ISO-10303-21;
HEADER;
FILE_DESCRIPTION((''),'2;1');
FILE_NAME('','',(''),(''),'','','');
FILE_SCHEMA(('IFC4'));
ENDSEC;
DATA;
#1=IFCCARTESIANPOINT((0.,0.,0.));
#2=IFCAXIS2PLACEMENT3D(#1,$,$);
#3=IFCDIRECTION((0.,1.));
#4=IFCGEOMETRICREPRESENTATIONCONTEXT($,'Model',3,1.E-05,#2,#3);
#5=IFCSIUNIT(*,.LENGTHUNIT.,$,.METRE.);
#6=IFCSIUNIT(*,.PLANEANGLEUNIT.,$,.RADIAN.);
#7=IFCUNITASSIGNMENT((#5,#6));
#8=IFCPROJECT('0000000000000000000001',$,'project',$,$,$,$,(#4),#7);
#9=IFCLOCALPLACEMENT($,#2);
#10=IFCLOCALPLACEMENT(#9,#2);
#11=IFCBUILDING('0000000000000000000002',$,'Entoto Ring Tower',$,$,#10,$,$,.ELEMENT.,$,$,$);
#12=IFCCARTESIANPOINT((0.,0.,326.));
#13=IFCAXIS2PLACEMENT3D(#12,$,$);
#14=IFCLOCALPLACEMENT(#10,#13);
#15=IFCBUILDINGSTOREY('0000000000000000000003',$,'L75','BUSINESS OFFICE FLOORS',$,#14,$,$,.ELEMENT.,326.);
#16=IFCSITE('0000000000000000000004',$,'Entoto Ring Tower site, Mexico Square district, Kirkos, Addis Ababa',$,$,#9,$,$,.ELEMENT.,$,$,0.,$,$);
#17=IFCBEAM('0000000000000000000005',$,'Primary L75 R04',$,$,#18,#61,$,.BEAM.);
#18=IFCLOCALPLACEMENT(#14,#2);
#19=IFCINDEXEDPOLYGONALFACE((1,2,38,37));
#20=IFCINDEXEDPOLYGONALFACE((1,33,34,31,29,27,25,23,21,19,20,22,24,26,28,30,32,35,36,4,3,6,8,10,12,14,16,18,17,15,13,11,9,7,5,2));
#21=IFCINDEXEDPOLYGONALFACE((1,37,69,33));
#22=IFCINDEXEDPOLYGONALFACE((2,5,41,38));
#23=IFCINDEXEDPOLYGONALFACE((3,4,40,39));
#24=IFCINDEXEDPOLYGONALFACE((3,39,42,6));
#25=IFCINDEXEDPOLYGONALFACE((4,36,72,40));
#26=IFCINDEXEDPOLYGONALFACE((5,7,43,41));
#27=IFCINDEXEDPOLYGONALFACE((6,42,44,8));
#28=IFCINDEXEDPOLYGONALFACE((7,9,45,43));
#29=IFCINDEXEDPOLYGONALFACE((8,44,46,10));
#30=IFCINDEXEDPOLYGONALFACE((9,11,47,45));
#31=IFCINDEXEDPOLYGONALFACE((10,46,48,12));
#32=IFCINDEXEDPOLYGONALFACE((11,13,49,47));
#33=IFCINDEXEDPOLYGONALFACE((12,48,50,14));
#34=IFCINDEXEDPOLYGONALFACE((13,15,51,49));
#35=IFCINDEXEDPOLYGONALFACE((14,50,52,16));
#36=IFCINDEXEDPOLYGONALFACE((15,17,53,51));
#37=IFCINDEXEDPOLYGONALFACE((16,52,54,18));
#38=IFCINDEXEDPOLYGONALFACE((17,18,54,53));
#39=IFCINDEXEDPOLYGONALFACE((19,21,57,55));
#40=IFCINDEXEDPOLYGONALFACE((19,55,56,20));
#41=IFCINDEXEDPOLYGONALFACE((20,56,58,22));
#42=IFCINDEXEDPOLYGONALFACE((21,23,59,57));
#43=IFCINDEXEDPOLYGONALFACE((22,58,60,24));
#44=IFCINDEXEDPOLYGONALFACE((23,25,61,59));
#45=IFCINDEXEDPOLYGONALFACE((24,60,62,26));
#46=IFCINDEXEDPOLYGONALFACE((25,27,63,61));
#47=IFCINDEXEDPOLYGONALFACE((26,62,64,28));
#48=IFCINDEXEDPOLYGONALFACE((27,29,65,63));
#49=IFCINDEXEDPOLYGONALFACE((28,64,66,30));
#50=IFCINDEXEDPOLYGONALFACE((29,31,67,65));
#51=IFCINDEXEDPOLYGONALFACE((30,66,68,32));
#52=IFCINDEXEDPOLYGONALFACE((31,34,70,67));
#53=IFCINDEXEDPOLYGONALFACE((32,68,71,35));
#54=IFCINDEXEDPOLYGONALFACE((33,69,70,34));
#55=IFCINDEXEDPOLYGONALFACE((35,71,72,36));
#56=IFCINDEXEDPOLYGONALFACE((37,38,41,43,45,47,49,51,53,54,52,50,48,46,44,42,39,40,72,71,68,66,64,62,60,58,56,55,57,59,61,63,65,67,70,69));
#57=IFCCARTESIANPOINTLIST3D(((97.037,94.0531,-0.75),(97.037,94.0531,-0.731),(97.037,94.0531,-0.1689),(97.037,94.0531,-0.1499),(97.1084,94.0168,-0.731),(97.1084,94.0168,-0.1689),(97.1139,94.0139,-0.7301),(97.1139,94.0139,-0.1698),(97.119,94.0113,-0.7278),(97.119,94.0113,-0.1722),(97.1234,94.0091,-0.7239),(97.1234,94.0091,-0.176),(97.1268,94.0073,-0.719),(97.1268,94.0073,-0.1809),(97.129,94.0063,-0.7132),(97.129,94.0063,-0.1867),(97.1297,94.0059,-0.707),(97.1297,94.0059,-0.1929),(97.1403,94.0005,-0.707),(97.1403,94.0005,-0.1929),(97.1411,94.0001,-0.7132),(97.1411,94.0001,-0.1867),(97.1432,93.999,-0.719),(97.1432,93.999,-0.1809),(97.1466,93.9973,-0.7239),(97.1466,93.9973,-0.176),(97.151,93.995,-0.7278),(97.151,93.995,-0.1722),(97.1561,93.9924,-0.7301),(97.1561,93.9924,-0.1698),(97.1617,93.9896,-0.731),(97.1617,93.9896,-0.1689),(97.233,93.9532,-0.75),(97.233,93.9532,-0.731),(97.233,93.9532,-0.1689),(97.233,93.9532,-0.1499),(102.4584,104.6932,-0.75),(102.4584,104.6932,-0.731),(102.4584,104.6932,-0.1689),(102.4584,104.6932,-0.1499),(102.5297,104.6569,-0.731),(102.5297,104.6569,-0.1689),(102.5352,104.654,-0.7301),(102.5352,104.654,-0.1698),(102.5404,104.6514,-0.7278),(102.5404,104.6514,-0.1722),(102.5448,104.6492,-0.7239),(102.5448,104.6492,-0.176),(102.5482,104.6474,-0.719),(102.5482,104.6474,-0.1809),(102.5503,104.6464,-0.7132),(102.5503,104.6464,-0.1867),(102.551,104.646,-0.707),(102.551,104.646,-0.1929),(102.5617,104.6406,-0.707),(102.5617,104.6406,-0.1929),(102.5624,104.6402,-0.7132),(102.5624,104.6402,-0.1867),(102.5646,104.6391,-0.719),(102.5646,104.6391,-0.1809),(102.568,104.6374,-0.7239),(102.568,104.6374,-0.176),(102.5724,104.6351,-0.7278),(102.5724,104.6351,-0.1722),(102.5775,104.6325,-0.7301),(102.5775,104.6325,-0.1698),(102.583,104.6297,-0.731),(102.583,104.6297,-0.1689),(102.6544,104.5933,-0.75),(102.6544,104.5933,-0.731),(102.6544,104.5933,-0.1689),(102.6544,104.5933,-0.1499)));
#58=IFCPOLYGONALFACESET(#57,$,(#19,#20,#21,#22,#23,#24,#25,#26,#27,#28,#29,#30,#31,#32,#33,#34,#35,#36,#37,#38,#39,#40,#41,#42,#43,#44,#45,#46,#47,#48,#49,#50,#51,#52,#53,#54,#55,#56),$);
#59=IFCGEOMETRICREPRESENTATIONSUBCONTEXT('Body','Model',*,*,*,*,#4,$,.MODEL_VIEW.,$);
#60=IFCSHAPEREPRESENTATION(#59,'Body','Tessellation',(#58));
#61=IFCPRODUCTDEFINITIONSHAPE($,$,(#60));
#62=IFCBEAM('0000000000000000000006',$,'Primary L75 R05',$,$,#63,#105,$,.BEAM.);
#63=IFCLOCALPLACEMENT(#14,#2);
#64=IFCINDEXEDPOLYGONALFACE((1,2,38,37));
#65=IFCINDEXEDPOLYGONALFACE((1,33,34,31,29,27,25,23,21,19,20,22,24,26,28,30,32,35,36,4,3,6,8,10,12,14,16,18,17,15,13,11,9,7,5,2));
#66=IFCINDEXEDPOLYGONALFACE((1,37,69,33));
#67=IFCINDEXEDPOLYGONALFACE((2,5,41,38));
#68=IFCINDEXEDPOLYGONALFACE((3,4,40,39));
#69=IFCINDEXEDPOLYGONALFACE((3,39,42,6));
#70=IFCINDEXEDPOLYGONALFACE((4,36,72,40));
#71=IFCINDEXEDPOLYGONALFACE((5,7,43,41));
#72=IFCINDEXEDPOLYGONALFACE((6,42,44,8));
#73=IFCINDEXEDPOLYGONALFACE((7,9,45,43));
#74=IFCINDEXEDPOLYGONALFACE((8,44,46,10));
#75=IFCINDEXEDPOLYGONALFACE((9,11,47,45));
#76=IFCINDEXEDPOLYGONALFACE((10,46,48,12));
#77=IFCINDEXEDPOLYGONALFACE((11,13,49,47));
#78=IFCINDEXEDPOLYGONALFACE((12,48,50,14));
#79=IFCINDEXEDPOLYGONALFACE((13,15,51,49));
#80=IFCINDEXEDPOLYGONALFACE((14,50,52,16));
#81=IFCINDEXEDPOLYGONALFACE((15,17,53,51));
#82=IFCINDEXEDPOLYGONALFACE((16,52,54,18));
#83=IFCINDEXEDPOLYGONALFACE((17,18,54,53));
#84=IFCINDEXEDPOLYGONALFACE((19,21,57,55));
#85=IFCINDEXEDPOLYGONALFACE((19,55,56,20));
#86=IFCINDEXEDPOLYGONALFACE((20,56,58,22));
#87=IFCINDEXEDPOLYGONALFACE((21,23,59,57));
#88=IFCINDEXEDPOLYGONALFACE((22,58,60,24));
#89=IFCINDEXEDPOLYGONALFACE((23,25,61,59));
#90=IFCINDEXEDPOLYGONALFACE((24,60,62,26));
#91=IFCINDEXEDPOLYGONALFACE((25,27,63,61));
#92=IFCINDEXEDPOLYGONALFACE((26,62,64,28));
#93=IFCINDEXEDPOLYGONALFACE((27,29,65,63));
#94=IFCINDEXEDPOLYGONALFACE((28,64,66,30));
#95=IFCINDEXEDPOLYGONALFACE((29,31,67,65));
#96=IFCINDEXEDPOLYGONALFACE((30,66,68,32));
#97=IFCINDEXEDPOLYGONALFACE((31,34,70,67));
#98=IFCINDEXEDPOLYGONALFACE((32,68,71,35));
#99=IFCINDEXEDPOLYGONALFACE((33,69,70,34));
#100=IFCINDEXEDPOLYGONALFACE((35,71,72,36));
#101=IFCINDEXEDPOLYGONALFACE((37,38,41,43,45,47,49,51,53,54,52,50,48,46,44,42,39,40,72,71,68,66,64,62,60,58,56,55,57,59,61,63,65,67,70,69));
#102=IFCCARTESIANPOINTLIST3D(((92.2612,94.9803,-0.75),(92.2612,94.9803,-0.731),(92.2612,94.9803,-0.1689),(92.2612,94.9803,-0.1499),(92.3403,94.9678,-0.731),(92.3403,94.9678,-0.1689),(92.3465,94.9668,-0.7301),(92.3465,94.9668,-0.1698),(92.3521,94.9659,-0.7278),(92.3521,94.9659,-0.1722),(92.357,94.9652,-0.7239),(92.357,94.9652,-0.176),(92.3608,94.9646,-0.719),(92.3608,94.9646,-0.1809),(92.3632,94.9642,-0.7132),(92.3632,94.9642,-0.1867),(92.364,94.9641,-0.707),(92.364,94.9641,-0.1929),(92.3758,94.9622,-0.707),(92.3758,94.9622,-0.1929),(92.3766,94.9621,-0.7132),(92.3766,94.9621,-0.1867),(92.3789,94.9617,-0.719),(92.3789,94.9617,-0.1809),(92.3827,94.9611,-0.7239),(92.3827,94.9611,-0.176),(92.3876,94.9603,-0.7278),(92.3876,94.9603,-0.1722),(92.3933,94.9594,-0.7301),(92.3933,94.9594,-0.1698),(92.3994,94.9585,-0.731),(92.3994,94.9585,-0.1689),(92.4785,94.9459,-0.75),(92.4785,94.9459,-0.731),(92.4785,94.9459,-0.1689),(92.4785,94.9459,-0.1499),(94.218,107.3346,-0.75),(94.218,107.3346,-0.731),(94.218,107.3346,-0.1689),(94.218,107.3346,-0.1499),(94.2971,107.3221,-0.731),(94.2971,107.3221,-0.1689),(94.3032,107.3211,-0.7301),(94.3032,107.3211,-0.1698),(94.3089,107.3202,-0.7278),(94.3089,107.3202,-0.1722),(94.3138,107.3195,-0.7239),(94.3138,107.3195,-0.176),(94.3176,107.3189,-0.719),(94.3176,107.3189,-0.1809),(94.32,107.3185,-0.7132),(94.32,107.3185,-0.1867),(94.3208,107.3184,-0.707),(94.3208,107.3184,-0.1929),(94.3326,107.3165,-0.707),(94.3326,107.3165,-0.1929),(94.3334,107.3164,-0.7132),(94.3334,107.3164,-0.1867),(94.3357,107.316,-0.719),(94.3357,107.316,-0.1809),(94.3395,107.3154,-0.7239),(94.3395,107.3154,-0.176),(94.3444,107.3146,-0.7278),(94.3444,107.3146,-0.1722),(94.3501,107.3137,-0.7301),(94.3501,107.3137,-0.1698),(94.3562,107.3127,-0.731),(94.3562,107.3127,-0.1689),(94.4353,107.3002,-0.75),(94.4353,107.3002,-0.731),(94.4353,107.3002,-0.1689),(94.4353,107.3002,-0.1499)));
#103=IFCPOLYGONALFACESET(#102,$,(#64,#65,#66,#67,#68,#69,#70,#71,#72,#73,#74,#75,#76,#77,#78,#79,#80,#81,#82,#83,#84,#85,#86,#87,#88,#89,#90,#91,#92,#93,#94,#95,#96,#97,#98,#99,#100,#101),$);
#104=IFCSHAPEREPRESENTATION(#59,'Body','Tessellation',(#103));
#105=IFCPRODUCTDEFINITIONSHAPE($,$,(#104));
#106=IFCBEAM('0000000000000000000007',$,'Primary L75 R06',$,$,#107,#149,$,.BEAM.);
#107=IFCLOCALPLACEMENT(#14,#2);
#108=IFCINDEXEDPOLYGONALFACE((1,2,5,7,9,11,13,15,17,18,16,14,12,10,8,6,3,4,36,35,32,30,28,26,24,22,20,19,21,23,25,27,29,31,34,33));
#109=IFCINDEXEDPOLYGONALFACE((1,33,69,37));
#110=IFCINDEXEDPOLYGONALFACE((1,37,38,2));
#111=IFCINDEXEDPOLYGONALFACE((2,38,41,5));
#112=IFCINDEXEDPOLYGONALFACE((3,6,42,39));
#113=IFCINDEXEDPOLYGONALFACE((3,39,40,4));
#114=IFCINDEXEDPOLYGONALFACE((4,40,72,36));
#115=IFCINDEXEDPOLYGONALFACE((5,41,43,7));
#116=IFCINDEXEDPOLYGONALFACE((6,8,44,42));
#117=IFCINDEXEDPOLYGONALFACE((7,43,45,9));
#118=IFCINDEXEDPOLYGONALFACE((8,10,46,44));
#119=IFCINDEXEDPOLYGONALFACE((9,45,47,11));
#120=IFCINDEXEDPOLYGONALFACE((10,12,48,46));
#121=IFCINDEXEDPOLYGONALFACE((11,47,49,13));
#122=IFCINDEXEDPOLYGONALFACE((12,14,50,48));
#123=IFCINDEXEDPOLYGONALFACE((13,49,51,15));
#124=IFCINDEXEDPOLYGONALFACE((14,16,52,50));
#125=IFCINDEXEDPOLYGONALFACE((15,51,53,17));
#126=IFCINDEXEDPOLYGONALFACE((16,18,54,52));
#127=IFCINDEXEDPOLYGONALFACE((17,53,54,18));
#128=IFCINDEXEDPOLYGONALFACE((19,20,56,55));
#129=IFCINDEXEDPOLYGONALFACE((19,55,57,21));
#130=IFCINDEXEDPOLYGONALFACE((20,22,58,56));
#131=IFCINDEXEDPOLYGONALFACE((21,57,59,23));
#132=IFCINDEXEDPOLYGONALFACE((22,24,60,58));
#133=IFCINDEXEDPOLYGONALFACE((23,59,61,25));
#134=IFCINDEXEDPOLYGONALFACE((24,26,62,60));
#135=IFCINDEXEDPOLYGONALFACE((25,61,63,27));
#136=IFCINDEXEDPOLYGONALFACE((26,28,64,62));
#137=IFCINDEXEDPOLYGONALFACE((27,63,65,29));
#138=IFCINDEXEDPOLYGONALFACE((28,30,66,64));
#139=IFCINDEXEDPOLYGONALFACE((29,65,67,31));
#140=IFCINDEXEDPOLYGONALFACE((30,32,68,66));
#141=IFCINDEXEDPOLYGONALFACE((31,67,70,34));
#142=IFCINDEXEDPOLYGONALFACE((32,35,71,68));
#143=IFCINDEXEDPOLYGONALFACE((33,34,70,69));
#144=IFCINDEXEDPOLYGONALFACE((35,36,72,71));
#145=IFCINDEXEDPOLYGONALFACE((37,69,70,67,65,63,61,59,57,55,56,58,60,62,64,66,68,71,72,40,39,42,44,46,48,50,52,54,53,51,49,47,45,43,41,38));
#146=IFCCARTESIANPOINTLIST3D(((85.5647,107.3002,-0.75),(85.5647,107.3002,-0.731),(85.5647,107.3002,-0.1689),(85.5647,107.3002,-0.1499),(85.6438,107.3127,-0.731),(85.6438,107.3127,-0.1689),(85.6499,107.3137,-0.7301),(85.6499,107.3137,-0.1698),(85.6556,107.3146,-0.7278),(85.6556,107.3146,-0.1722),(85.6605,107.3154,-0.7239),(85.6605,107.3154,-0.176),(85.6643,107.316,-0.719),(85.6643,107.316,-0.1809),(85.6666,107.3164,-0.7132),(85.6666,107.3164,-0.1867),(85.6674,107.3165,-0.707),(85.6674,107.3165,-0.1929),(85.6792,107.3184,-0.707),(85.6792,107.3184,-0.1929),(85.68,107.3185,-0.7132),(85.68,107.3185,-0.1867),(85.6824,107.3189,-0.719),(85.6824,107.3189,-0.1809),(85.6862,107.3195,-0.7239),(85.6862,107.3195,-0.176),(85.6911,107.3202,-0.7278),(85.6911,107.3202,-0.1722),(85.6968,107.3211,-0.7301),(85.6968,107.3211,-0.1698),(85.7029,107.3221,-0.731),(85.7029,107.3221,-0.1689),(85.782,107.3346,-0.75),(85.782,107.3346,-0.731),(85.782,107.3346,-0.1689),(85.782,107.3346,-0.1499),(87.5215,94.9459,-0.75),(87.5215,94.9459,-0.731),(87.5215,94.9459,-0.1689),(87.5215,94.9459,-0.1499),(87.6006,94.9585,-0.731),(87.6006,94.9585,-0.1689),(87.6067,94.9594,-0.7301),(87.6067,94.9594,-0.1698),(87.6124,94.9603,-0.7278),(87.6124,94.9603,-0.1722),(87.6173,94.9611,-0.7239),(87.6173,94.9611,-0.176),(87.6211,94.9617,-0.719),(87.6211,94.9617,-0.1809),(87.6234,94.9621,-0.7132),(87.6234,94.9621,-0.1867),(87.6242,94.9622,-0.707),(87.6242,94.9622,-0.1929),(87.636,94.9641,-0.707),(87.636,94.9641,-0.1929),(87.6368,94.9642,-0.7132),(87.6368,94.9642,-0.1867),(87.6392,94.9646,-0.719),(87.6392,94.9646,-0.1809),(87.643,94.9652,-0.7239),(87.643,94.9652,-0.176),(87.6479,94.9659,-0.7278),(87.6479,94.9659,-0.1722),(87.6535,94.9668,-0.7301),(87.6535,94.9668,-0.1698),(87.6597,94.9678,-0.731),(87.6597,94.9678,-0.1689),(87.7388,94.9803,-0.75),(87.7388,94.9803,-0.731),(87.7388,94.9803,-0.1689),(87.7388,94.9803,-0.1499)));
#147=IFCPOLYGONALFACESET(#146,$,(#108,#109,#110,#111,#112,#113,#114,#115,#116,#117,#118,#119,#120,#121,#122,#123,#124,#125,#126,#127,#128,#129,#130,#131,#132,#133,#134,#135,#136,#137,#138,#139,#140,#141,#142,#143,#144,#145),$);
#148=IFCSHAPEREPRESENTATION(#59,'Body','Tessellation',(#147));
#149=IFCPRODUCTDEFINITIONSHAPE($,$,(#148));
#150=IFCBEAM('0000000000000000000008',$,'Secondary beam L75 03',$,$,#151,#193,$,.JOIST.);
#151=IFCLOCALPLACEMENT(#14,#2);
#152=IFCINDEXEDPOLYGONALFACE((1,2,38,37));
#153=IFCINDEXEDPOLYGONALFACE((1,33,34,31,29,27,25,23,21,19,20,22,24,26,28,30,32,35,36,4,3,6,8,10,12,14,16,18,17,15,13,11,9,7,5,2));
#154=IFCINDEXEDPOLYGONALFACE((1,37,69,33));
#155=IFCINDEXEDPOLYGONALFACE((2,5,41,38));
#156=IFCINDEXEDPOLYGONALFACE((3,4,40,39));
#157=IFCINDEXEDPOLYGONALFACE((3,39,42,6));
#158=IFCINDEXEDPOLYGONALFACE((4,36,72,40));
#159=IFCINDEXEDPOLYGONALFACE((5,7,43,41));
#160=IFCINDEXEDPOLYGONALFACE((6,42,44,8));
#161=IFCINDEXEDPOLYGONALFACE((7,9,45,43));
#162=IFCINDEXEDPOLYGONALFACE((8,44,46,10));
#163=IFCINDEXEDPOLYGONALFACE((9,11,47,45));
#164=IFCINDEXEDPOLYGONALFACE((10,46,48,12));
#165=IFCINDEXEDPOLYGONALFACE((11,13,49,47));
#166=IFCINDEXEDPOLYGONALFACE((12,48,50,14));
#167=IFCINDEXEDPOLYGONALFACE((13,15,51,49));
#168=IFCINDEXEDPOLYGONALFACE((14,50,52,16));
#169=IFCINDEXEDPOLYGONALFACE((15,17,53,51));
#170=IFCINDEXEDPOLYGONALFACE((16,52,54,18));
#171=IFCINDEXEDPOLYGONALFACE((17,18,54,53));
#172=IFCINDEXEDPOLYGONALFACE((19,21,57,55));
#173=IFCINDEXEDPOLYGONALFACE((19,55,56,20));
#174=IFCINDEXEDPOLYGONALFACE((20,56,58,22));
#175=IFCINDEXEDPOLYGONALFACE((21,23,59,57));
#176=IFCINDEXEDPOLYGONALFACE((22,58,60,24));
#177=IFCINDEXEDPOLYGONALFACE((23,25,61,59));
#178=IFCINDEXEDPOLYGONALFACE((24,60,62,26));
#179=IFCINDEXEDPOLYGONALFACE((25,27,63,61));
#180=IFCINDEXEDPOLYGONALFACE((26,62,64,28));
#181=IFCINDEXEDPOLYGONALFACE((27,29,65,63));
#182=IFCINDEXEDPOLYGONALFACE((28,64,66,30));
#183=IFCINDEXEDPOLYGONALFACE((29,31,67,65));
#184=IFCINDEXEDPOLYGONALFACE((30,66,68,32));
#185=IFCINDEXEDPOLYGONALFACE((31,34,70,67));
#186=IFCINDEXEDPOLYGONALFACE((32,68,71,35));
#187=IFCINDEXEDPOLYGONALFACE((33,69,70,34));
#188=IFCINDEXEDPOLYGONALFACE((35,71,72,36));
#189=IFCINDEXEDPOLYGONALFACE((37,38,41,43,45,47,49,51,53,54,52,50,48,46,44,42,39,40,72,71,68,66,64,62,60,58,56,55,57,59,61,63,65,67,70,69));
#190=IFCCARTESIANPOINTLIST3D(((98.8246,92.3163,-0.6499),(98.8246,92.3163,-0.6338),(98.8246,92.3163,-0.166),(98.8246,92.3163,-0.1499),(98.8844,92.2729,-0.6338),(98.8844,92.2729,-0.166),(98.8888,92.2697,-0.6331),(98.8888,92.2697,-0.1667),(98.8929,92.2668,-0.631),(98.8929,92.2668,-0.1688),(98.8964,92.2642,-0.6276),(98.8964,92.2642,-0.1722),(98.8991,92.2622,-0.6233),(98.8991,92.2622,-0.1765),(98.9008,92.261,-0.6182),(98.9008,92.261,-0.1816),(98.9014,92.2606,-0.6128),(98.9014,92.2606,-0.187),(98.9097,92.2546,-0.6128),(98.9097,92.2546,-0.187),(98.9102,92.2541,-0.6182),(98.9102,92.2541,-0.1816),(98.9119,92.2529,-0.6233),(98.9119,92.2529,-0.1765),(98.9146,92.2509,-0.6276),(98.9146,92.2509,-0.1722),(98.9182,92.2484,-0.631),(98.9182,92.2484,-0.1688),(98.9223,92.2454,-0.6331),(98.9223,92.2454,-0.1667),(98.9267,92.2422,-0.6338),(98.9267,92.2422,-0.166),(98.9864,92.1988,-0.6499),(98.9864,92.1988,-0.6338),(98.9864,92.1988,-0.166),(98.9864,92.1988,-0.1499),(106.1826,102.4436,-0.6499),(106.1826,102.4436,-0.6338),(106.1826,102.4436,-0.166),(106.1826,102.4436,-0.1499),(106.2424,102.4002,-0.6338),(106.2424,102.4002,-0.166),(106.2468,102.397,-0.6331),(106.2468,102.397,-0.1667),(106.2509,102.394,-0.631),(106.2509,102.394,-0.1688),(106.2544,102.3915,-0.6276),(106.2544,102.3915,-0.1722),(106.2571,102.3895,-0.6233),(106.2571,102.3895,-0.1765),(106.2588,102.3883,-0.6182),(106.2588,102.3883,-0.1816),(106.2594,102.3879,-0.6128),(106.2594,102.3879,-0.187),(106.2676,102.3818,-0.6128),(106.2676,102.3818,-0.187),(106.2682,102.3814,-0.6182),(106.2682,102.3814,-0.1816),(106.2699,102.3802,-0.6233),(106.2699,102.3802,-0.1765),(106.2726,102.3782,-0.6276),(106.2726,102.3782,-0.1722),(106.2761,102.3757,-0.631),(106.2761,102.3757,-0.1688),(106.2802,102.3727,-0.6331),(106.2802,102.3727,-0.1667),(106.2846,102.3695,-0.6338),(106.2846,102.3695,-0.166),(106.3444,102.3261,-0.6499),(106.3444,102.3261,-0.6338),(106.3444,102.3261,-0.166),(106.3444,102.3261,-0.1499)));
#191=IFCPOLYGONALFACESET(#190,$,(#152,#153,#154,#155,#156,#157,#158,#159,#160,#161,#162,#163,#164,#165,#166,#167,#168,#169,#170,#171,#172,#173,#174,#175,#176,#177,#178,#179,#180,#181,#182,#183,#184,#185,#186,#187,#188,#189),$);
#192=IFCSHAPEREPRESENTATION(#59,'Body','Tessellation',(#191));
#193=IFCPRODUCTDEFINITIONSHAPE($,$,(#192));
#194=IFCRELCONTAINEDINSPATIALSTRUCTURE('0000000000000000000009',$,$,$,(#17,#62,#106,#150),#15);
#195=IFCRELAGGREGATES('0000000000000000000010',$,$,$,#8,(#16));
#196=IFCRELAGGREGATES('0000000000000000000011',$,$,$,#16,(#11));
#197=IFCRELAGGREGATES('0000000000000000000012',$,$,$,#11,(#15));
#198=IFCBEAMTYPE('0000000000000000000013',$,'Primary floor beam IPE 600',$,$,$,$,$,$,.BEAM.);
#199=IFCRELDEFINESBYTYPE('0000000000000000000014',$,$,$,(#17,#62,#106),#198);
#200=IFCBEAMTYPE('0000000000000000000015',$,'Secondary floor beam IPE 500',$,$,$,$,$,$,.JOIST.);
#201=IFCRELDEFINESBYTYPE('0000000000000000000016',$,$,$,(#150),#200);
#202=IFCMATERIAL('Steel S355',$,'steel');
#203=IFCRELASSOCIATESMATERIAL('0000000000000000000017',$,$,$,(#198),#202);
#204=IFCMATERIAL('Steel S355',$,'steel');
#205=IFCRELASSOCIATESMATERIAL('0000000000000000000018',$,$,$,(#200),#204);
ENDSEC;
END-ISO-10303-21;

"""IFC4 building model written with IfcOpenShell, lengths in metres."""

from ifc_helpers import new_model, si_unit, direction, frame, origin, origin_2d, place, context, subcontext, project, spatial, i_section, extrude, material, material_profile, profile_set, type_object, element, save


model = new_model("IFC4")

# Units and contexts
model_context = context("Model", 3, precision=1e-05, world=origin(), true_north=direction((0.0, 1.0)))
body_context = subcontext(model_context, "Body", "Model", "MODEL_VIEW")
ifc_project = project(units=[si_unit("LENGTHUNIT", "METRE"), si_unit("PLANEANGLEUNIT", "RADIAN")], contexts=[model_context])

# Site, building, storey
site_placement = place(None, origin())
site = spatial("IfcSite", under=ifc_project, at=site_placement, Name="Entoto Ring Tower site, Mexico Square district, Kirkos, Addis Ababa", CompositionType="ELEMENT", RefElevation=0.0)
building_placement = place(site_placement, origin())
building = spatial("IfcBuilding", under=site, at=building_placement, Name="Entoto Ring Tower", CompositionType="ELEMENT")
storey_placement = place(building_placement, frame((0.0, 0.0, 326.0)))
storey = spatial("IfcBuildingStorey", under=building, at=storey_placement, Name="L75", Description="BUSINESS OFFICE FLOORS", CompositionType="ELEMENT", Elevation=326.0)

# Beams
ifc_material_1 = material(Name="Steel S355", Category="steel")
ifc_material_profile_1 = material_profile(ifc_material_1, i_section(OverallWidth=0.22, OverallDepth=0.6001, WebThickness=0.012, FlangeThickness=0.019, FilletRadius=0.0239, at=origin_2d()), Name="IPE 600")
ifc_profile_set_1 = profile_set([ifc_material_profile_1], Name="Steel S355")
beam_type_1 = type_object("IfcBeamType", Name="Primary floor beam IPE 600", PredefinedType="BEAM", material=ifc_profile_set_1)
beam_1_placement = place(storey_placement, frame((97.135, 94.0032, -0.45), z_axis=(0.453988, 0.891008, 0.0), x_axis=(-0.891008, 0.453988, 0.0)))
element("IfcBeam", 1, at=beam_1_placement, inside=storey, type_object=beam_type_1, Name="Primary L75 R04", PredefinedType="BEAM", context=body_context, shape_type="SweptSolid", body=[
    extrude(i_section(OverallWidth=0.22, OverallDepth=0.6001, WebThickness=0.012, FlangeThickness=0.019, FilletRadius=0.0239, at=origin_2d()), origin(), (0.0, 0.0, 1.0), 11.9417),
])
for number, where, z_axis, x_axis, name in (
    (2, (92.3699, 94.9631, -0.45), (0.15644, 0.987688, 0.0), (-0.987688, 0.15644, 0.0), "Primary L75 R05"),
    (3, (87.6301, 94.9631, -0.45), (-0.15644, 0.987688, 0.0), (-0.987688, -0.15644, 0.0), "Primary L75 R06"),
):
    element("IfcBeam", number, at=place(storey_placement, frame(where, z_axis=z_axis, x_axis=x_axis)), inside=storey, type_object=beam_type_1, Name=name, PredefinedType="BEAM", context=body_context, shape_type="SweptSolid", body=[
        extrude(i_section(OverallWidth=0.22, OverallDepth=0.6001, WebThickness=0.012, FlangeThickness=0.019, FilletRadius=0.0239, at=origin_2d()), origin(), (0.0, 0.0, 1.0), 12.5083),
    ])
ifc_material_2 = material(Name="Steel S355", Category="steel")
ifc_material_profile_2 = material_profile(ifc_material_2, i_section(OverallWidth=0.2, OverallDepth=0.5, WebThickness=0.0103, FlangeThickness=0.0161, FilletRadius=0.021, at=origin_2d()), Name="IPE 500")
ifc_profile_set_2 = profile_set([ifc_material_profile_2], Name="Steel S355")
beam_type_2 = type_object("IfcBeamType", Name="Secondary floor beam IPE 500", PredefinedType="JOIST", material=ifc_profile_set_2)
beam_2_placement = place(storey_placement, frame((98.9055, 92.2576, -0.3999), z_axis=(0.587789, 0.809014, 0.0), x_axis=(-0.809014, 0.587789, 0.0)))
element("IfcBeam", 4, at=beam_2_placement, inside=storey, type_object=beam_type_2, Name="Secondary beam L75 03", PredefinedType="JOIST", context=body_context, shape_type="SweptSolid", body=[
    extrude(i_section(OverallWidth=0.2, OverallDepth=0.5, WebThickness=0.0103, FlangeThickness=0.0161, FilletRadius=0.021, at=origin_2d()), origin(), (0.0, 0.0, 1.0), 12.5181),
])

save(model, "model.ifc")
